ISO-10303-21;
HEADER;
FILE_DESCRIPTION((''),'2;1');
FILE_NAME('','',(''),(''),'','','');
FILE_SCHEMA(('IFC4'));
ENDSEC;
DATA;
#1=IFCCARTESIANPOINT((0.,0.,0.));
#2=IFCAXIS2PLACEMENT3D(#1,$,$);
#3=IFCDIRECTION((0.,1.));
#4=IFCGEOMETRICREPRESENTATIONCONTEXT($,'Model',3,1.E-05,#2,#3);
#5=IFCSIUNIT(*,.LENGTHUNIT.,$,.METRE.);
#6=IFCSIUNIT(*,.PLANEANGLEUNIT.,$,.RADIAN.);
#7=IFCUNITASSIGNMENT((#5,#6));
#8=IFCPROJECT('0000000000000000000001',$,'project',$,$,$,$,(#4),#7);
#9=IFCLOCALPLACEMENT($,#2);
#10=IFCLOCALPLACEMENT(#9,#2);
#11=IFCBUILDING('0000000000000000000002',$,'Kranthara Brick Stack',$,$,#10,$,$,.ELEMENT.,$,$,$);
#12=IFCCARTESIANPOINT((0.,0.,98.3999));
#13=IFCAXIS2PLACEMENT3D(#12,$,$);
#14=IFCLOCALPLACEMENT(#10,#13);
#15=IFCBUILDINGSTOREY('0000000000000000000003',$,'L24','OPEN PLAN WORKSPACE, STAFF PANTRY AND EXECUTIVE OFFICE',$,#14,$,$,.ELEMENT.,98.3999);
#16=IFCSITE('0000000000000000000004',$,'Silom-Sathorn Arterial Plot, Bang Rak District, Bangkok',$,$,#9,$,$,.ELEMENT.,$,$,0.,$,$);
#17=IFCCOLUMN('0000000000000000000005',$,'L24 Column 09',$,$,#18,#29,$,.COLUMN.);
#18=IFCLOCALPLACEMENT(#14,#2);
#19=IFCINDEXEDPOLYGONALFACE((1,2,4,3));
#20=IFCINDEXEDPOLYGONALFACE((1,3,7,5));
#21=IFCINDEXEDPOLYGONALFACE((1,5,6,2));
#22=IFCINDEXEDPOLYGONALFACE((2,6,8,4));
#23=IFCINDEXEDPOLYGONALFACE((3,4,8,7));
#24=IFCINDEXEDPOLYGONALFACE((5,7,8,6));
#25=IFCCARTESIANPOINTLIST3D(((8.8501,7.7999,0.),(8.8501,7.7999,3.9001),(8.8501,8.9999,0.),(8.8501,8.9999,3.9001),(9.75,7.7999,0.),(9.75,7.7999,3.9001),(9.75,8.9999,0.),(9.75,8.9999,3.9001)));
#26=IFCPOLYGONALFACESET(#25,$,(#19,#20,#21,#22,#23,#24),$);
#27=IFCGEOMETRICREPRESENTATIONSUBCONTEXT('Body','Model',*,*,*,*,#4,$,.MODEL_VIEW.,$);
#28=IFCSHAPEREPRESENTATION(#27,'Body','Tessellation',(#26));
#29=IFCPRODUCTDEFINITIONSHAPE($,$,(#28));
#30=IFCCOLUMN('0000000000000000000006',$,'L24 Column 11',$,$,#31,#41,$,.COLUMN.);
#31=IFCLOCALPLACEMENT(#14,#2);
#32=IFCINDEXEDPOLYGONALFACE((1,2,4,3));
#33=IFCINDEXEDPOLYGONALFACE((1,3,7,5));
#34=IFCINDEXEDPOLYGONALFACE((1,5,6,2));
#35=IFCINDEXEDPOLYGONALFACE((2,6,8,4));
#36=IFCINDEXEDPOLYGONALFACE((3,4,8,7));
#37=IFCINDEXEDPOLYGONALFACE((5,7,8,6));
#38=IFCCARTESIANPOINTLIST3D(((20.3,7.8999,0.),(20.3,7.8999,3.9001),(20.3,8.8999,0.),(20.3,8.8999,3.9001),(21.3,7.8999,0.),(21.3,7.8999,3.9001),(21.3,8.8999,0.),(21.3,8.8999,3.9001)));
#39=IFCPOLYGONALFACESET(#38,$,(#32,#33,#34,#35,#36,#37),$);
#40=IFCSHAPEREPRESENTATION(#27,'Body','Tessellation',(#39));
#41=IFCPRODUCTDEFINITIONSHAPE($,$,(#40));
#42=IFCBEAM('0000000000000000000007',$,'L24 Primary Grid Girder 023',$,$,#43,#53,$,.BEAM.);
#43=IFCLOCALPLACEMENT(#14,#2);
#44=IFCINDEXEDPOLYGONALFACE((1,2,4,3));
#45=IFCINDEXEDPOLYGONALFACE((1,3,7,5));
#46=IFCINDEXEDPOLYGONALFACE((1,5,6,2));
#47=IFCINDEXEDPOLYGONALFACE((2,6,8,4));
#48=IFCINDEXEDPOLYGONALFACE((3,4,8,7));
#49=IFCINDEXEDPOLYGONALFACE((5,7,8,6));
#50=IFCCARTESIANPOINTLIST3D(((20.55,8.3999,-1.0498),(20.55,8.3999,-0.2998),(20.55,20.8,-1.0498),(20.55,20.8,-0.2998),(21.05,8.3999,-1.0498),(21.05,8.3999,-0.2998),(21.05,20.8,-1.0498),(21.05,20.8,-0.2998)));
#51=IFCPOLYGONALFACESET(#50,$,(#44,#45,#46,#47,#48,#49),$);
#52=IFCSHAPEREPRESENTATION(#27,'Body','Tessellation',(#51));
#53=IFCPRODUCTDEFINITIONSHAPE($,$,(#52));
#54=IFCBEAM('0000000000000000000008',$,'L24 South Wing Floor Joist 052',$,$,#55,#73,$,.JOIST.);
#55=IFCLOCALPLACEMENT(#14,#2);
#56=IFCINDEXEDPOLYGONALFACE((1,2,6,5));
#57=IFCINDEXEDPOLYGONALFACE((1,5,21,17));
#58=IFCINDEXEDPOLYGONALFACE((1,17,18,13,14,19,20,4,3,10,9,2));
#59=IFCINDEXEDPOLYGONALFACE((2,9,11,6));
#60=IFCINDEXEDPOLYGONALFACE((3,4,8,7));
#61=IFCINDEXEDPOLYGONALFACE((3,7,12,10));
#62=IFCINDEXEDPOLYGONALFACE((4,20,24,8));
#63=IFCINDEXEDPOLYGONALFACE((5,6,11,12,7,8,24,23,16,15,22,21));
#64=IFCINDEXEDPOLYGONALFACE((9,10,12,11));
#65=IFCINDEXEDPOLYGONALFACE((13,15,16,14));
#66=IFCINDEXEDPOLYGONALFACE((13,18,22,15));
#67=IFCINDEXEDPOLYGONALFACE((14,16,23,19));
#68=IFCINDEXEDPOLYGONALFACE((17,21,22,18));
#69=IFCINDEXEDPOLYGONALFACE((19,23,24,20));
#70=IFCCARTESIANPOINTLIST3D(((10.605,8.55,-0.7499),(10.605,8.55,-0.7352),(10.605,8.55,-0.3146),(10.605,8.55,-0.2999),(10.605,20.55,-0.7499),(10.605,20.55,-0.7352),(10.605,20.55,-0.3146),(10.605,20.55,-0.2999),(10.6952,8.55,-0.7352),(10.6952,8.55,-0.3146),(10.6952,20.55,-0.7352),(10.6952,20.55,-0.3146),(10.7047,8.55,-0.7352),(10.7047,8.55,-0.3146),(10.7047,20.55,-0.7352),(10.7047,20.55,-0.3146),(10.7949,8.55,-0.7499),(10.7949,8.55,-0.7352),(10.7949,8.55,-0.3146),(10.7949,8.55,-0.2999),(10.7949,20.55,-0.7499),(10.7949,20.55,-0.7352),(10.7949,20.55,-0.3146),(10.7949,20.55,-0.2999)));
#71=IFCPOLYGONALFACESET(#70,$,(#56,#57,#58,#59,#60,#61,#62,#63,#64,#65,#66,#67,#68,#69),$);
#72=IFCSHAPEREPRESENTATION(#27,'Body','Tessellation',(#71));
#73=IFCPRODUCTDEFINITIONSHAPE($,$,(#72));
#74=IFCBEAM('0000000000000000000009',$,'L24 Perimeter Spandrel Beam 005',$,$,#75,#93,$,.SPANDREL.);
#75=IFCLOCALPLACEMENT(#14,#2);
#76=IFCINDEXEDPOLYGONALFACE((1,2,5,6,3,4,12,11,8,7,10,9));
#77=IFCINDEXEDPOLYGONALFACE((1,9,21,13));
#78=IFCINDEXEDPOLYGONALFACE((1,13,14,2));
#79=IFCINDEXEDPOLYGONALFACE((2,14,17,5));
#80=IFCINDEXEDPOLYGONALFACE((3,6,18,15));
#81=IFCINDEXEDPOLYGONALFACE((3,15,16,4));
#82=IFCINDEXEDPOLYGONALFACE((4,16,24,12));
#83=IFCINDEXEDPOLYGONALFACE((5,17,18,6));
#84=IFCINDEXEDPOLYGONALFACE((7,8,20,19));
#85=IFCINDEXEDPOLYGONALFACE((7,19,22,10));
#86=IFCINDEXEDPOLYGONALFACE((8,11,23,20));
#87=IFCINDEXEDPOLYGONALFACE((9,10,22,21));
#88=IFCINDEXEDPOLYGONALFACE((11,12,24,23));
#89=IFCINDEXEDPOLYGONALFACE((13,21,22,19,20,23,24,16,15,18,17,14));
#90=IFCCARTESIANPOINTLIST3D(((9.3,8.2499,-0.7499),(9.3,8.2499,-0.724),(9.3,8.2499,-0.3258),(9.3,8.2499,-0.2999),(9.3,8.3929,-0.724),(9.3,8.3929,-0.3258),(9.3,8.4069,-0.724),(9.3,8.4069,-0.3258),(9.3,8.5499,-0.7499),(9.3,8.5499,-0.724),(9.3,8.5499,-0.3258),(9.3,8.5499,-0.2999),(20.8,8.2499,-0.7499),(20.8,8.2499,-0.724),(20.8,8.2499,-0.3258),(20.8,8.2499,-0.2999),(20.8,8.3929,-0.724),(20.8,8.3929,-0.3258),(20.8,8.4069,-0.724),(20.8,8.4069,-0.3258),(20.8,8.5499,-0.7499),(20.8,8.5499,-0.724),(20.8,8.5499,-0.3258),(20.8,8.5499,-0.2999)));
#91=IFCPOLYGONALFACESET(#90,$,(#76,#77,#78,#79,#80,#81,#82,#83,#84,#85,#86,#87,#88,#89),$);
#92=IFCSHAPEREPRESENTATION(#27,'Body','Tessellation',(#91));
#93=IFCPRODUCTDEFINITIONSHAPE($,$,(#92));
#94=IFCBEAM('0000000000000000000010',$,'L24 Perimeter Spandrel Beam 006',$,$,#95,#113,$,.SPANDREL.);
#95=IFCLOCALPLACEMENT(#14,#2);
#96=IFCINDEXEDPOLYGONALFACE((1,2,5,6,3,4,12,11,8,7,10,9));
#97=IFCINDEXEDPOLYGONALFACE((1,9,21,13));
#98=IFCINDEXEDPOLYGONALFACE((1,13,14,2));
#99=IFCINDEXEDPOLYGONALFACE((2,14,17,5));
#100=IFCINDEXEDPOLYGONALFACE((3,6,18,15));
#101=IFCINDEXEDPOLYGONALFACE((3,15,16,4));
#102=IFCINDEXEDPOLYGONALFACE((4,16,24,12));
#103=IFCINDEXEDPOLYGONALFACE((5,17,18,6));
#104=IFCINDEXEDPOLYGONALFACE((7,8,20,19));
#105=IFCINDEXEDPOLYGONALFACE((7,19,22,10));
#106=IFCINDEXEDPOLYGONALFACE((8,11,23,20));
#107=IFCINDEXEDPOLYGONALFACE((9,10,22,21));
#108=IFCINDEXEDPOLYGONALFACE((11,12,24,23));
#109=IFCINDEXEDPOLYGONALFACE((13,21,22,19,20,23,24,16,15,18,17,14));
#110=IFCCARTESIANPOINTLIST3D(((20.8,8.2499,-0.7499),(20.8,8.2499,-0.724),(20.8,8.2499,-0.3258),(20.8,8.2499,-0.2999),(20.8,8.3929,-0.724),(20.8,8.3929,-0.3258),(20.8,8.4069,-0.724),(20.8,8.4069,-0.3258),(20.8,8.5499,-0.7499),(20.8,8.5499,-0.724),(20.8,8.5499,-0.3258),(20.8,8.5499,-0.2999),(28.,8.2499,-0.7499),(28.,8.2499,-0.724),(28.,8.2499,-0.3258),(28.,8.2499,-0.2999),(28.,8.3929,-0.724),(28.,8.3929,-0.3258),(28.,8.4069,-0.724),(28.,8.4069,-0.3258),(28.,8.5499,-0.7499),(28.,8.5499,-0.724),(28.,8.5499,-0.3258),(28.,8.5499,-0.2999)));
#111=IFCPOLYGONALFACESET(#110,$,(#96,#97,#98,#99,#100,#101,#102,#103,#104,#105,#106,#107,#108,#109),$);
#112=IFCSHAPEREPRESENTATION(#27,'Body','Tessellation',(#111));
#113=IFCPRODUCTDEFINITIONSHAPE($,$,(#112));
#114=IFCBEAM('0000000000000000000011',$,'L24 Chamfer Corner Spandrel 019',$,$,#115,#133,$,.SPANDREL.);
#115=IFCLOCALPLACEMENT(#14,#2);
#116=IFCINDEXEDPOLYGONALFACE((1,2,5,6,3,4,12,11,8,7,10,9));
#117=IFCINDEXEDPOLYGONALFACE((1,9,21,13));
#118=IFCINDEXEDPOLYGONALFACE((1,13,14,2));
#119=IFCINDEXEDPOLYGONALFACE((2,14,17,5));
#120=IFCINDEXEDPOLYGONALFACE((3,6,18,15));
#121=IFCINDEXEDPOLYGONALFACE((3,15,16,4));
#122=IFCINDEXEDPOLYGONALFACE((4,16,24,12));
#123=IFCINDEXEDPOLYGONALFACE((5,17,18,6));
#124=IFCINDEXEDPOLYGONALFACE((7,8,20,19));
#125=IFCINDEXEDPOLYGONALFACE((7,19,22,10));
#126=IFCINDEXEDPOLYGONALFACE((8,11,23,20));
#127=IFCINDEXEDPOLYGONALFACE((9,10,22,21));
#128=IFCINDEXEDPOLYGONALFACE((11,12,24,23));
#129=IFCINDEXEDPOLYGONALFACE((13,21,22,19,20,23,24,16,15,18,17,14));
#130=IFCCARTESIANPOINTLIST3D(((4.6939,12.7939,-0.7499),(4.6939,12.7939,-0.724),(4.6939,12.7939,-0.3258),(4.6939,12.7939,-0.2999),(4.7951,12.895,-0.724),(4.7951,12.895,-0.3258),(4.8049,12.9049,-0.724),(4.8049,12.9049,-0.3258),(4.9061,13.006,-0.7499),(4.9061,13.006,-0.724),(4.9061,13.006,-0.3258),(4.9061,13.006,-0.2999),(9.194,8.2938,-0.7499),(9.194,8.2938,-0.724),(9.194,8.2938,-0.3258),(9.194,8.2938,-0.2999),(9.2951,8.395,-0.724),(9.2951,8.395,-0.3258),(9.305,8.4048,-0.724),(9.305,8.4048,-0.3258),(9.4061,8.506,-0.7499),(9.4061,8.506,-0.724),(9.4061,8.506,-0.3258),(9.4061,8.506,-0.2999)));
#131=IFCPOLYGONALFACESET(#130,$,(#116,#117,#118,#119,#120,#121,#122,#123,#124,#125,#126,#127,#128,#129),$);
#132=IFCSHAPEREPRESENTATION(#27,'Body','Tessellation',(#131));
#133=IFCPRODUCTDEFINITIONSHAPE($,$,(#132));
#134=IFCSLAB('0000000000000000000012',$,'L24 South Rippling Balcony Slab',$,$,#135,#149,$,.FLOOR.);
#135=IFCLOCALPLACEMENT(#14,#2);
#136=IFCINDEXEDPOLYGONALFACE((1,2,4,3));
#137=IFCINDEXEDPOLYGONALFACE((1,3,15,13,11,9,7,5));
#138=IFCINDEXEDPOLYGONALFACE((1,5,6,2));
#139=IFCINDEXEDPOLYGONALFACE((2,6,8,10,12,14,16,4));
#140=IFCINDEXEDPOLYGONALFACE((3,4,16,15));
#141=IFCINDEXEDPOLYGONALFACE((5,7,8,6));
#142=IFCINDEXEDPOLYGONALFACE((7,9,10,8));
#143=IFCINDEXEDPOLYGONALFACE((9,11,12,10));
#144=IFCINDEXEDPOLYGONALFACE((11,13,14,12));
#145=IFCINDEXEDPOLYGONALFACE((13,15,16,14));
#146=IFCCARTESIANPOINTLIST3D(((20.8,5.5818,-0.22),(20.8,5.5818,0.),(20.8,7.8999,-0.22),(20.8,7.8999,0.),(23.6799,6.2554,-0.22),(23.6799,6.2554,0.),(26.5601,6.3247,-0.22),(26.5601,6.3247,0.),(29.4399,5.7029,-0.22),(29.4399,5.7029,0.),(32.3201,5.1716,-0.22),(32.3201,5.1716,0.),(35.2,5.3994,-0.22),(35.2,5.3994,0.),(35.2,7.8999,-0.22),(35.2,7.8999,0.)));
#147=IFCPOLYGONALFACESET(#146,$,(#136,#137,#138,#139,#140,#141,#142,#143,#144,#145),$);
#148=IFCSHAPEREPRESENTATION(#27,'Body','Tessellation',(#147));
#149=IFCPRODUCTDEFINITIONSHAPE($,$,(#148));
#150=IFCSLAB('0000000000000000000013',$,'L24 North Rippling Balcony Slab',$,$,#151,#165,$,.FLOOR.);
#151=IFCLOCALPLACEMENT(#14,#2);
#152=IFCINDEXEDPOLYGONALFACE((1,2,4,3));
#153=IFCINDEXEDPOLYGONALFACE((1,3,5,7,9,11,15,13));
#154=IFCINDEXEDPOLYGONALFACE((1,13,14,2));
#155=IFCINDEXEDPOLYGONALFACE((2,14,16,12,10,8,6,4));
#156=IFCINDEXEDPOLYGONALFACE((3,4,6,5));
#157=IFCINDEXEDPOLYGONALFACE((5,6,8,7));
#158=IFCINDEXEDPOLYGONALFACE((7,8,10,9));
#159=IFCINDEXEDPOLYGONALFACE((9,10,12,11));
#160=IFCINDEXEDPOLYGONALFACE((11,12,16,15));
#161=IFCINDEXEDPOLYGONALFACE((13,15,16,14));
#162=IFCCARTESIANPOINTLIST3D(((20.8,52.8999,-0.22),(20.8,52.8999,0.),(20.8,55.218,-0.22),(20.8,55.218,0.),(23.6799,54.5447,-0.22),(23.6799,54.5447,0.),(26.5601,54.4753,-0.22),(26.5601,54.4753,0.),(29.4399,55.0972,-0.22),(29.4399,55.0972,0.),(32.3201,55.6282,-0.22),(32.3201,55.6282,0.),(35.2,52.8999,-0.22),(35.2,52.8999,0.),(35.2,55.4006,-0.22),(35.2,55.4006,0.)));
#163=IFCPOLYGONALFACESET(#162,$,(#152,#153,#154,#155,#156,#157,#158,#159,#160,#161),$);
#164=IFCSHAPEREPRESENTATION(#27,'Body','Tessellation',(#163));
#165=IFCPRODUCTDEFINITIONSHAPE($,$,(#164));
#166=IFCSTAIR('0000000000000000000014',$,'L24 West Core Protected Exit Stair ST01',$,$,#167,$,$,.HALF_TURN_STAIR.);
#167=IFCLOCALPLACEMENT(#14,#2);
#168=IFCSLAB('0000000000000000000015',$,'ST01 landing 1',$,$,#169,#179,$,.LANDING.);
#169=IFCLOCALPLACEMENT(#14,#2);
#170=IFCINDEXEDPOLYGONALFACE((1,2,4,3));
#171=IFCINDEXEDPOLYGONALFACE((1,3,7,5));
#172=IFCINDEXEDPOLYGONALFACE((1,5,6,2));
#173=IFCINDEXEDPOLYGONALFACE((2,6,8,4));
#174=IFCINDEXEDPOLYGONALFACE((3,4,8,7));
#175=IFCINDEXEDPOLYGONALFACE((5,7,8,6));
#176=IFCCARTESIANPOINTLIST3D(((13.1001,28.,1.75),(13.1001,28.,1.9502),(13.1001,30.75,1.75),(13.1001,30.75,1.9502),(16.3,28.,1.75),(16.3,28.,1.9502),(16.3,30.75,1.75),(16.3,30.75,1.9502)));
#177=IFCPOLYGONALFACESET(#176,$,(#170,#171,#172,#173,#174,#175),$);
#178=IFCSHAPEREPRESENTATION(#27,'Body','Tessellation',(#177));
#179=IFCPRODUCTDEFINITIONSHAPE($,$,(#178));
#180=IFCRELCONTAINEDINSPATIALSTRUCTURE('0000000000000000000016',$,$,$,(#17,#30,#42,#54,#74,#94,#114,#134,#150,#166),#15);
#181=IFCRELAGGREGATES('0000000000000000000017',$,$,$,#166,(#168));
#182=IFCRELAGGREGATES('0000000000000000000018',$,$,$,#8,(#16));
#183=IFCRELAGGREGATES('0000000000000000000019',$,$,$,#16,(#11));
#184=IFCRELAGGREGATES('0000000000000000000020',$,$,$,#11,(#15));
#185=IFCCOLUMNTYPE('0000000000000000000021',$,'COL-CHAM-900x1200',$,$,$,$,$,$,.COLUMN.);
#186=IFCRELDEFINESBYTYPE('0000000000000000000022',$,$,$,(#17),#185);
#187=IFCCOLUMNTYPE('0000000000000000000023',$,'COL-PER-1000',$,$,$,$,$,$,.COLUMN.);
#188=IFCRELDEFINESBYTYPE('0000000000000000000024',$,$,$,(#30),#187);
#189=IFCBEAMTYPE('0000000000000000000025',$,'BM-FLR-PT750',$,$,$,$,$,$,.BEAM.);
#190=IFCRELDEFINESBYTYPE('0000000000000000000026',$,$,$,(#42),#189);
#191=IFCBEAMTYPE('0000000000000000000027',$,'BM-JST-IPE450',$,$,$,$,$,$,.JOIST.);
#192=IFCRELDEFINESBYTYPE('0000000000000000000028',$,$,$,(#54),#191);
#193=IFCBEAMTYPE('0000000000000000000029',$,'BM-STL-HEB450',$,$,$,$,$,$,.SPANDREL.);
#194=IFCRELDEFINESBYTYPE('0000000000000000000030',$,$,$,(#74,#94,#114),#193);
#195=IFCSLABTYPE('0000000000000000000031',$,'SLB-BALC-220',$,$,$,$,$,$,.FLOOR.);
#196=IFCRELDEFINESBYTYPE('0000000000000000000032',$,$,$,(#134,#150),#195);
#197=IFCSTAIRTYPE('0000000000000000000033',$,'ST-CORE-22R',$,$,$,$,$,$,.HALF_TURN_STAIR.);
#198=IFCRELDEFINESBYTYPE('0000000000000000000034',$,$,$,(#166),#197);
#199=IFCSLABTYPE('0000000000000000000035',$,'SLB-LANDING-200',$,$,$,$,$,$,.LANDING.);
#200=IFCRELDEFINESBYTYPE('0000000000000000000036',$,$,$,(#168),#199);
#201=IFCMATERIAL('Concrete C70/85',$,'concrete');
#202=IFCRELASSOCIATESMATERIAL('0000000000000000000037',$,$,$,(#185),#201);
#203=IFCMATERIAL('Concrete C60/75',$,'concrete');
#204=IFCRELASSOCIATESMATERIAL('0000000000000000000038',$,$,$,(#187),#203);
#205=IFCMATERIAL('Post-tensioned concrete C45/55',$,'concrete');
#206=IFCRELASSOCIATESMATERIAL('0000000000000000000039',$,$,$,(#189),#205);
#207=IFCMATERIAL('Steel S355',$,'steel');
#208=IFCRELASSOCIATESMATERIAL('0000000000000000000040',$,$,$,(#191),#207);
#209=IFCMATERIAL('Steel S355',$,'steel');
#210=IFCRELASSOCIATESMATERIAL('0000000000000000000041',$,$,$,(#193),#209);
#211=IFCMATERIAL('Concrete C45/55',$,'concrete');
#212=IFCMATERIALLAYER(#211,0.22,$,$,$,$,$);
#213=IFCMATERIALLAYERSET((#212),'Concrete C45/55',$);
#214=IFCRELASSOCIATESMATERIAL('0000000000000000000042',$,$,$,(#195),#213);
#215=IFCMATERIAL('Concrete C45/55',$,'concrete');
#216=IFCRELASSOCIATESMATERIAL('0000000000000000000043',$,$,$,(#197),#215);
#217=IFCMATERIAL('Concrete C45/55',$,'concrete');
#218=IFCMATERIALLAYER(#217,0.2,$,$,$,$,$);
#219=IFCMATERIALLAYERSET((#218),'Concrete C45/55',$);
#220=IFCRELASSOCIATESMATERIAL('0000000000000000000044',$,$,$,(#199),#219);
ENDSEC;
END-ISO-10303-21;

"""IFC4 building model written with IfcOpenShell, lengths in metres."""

from ifc_helpers import new_model, si_unit, direction, frame, origin, origin_2d, place, context, subcontext, project, spatial, polyline, rectangle, i_section, outline, extrude, material, layer, layer_set, material_profile, profile_set, type_object, element, aggregate, save


model = new_model("IFC4")

# Units and contexts
model_context = context("Model", 3, precision=1e-05, world=origin(), true_north=direction((0.0, 1.0)))
body_context = subcontext(model_context, "Body", "Model", "MODEL_VIEW")
ifc_project = project(units=[si_unit("LENGTHUNIT", "METRE"), si_unit("PLANEANGLEUNIT", "RADIAN")], contexts=[model_context])

# Site, building, storey
site_placement = place(None, origin())
site = spatial("IfcSite", under=ifc_project, at=site_placement, Name="Silom-Sathorn Arterial Plot, Bang Rak District, Bangkok", CompositionType="ELEMENT", RefElevation=0.0)
building_placement = place(site_placement, origin())
building = spatial("IfcBuilding", under=site, at=building_placement, Name="Kranthara Brick Stack", CompositionType="ELEMENT")
storey_placement = place(building_placement, frame((0.0, 0.0, 98.3999)))
storey = spatial("IfcBuildingStorey", under=building, at=storey_placement, Name="L24", Description="OPEN PLAN WORKSPACE, STAFF PANTRY AND EXECUTIVE OFFICE", CompositionType="ELEMENT", Elevation=98.3999)

# Columns
ifc_material_1 = material(Name="Concrete C70/85", Category="concrete")
ifc_material_profile_1 = material_profile(ifc_material_1, rectangle(XDim=0.8999, YDim=1.2, at=origin_2d()), Name="RC 900x1200")
ifc_profile_set_1 = profile_set([ifc_material_profile_1], Name="Concrete C70/85")
column_type_1 = type_object("IfcColumnType", Name="COL-CHAM-900x1200", PredefinedType="COLUMN", material=ifc_profile_set_1)
column_1_placement = place(storey_placement, frame((9.3, 8.3999, 0.0), z_axis=(0.0, 0.0, 1.0), x_axis=(1.0, 0.0, 0.0)))
element("IfcColumn", 1, at=column_1_placement, inside=storey, type_object=column_type_1, Name="L24 Column 09", PredefinedType="COLUMN", context=body_context, shape_type="SweptSolid", body=[
    extrude(rectangle(XDim=0.8999, YDim=1.2, at=origin_2d()), origin(), (0.0, 0.0, 1.0), 3.9001),
])
ifc_material_2 = material(Name="Concrete C60/75", Category="concrete")
ifc_material_profile_2 = material_profile(ifc_material_2, rectangle(XDim=1.0, YDim=1.0, at=origin_2d()), Name="RC 1000x1000")
ifc_profile_set_2 = profile_set([ifc_material_profile_2], Name="Concrete C60/75")
column_type_2 = type_object("IfcColumnType", Name="COL-PER-1000", PredefinedType="COLUMN", material=ifc_profile_set_2)
column_2_placement = place(storey_placement, frame((20.8, 8.3999, 0.0), z_axis=(0.0, 0.0, 1.0), x_axis=(1.0, 0.0, 0.0)))
element("IfcColumn", 2, at=column_2_placement, inside=storey, type_object=column_type_2, Name="L24 Column 11", PredefinedType="COLUMN", context=body_context, shape_type="SweptSolid", body=[
    extrude(rectangle(XDim=1.0, YDim=1.0, at=origin_2d()), origin(), (0.0, 0.0, 1.0), 3.9001),
])

# Beams
ifc_material_3 = material(Name="Post-tensioned concrete C45/55", Category="concrete")
ifc_material_profile_3 = material_profile(ifc_material_3, rectangle(XDim=0.5, YDim=0.75, at=origin_2d()), Name="PT 500x750")
ifc_profile_set_3 = profile_set([ifc_material_profile_3], Name="Post-tensioned concrete C45/55")
beam_type_1 = type_object("IfcBeamType", Name="BM-FLR-PT750", PredefinedType="BEAM", material=ifc_profile_set_3)
beam_1_placement = place(storey_placement, frame((20.8, 8.3999, -0.6748), z_axis=(0.0, 1.0, 0.0), x_axis=(-1.0, 0.0, 0.0)))
element("IfcBeam", 3, at=beam_1_placement, inside=storey, type_object=beam_type_1, Name="L24 Primary Grid Girder 023", PredefinedType="BEAM", context=body_context, shape_type="SweptSolid", body=[
    extrude(rectangle(XDim=0.5, YDim=0.75, at=origin_2d()), origin(), (0.0, 0.0, 1.0), 12.4001),
])
ifc_material_4 = material(Name="Steel S355", Category="steel")
ifc_material_profile_4 = material_profile(ifc_material_4, i_section(OverallWidth=0.1899, OverallDepth=0.45, WebThickness=0.0095, FlangeThickness=0.0146, at=origin_2d()), Name="IPE 450")
ifc_profile_set_4 = profile_set([ifc_material_profile_4], Name="Steel S355")
beam_type_2 = type_object("IfcBeamType", Name="BM-JST-IPE450", PredefinedType="JOIST", material=ifc_profile_set_4)
beam_2_placement = place(storey_placement, frame((10.7, 8.55, -0.5249), z_axis=(0.0, 1.0, 0.0), x_axis=(-1.0, 0.0, 0.0)))
element("IfcBeam", 4, at=beam_2_placement, inside=storey, type_object=beam_type_2, Name="L24 South Wing Floor Joist 052", PredefinedType="JOIST", context=body_context, shape_type="SweptSolid", body=[
    extrude(i_section(OverallWidth=0.1899, OverallDepth=0.45, WebThickness=0.0095, FlangeThickness=0.0146, at=origin_2d()), origin(), (0.0, 0.0, 1.0), 12.0),
])
ifc_material_5 = material(Name="Steel S355", Category="steel")
ifc_material_profile_5 = material_profile(ifc_material_5, i_section(OverallWidth=0.3, OverallDepth=0.45, WebThickness=0.0139, FlangeThickness=0.0259, at=origin_2d()), Name="HEB 450")
ifc_profile_set_5 = profile_set([ifc_material_profile_5], Name="Steel S355")
beam_type_3 = type_object("IfcBeamType", Name="BM-STL-HEB450", PredefinedType="SPANDREL", material=ifc_profile_set_5)
beam_3_placement = place(storey_placement, frame((9.3, 8.3999, -0.5249), z_axis=(1.0, 0.0, 0.0), x_axis=(0.0, 1.0, 0.0)))
element("IfcBeam", 5, at=beam_3_placement, inside=storey, type_object=beam_type_3, Name="L24 Perimeter Spandrel Beam 005", PredefinedType="SPANDREL", context=body_context, shape_type="SweptSolid", body=[
    extrude(i_section(OverallWidth=0.3, OverallDepth=0.45, WebThickness=0.0139, FlangeThickness=0.0259, at=origin_2d()), origin(), (0.0, 0.0, 1.0), 11.5),
])
beam_4_placement = place(storey_placement, frame((20.8, 8.3999, -0.5249), z_axis=(1.0, 0.0, 0.0), x_axis=(0.0, 1.0, 0.0)))
element("IfcBeam", 6, at=beam_4_placement, inside=storey, type_object=beam_type_3, Name="L24 Perimeter Spandrel Beam 006", PredefinedType="SPANDREL", context=body_context, shape_type="SweptSolid", body=[
    extrude(i_section(OverallWidth=0.3, OverallDepth=0.45, WebThickness=0.0139, FlangeThickness=0.0259, at=origin_2d()), origin(), (0.0, 0.0, 1.0), 7.2),
])
beam_5_placement = place(storey_placement, frame((9.3, 8.3999, -0.5249), z_axis=(-0.707107, 0.707107, 0.0), x_axis=(-0.707107, -0.707107, 0.0)))
element("IfcBeam", 7, at=beam_5_placement, inside=storey, type_object=beam_type_3, Name="L24 Chamfer Corner Spandrel 019", PredefinedType="SPANDREL", context=body_context, shape_type="SweptSolid", body=[
    extrude(i_section(OverallWidth=0.3, OverallDepth=0.45, WebThickness=0.0139, FlangeThickness=0.0259, at=origin_2d()), origin(), (0.0, 0.0, 1.0), 6.364),
])

# Slabs
ifc_material_6 = material(Name="Concrete C45/55", Category="concrete")
ifc_layer_1 = layer(ifc_material_6, 0.22)
ifc_layer_set_1 = layer_set([ifc_layer_1], Name="Concrete C45/55")
slab_type_1 = type_object("IfcSlabType", Name="SLB-BALC-220", PredefinedType="FLOOR", material=ifc_layer_set_1)
slab_1_placement = place(storey_placement, frame((0.0, 0.0, -0.22)))
element("IfcSlab", 8, at=slab_1_placement, inside=storey, type_object=slab_type_1, Name="L24 South Rippling Balcony Slab", PredefinedType="FLOOR", context=body_context, shape_type="SweptSolid", body=[
    extrude(outline(polyline([(20.8, 7.8999), (35.2, 7.8999), (35.2, 5.3994), (32.3201, 5.1716), (29.4399, 5.7029), (26.5601, 6.3247), (23.6799, 6.2554), (20.8, 5.5818), (20.8, 7.8999)])), origin(), (0.0, 0.0, 1.0), 0.22),
])
slab_2_placement = place(storey_placement, frame((0.0, 0.0, -0.22)))
element("IfcSlab", 9, at=slab_2_placement, inside=storey, type_object=slab_type_1, Name="L24 North Rippling Balcony Slab", PredefinedType="FLOOR", context=body_context, shape_type="SweptSolid", body=[
    extrude(outline(polyline([(35.2, 52.8999), (20.8, 52.8999), (20.8, 55.218), (23.6799, 54.5447), (26.5601, 54.4753), (29.4399, 55.0972), (32.3201, 55.6282), (35.2, 55.4006), (35.2, 52.8999)])), origin(), (0.0, 0.0, 1.0), 0.22),
])

# Stair, slab
ifc_material_7 = material(Name="Concrete C45/55", Category="concrete")
stair_type = type_object("IfcStairType", Name="ST-CORE-22R", PredefinedType="HALF_TURN_STAIR", material=ifc_material_7)
stair_1_placement = place(storey_placement, origin())
stair_1 = element("IfcStair", 10, at=stair_1_placement, inside=storey, type_object=stair_type, Name="L24 West Core Protected Exit Stair ST01", PredefinedType="HALF_TURN_STAIR")
ifc_material_8 = material(Name="Concrete C45/55", Category="concrete")
ifc_layer_2 = layer(ifc_material_8, 0.2)
ifc_layer_set_2 = layer_set([ifc_layer_2], Name="Concrete C45/55")
slab_type_2 = type_object("IfcSlabType", Name="SLB-LANDING-200", PredefinedType="LANDING", material=ifc_layer_set_2)
slab_3_placement = place(storey_placement, frame((0.0, 0.0, 1.75)))
slab_3 = element("IfcSlab", 11, at=slab_3_placement, type_object=slab_type_2, Name="ST01 landing 1", PredefinedType="LANDING", context=body_context, shape_type="SweptSolid", body=[
    extrude(outline(polyline([(16.3, 28.0), (16.3, 30.75), (13.1001, 30.75), (13.1001, 28.0), (16.3, 28.0)])), origin(), (0.0, 0.0, 1.0), 0.2002),
])
aggregate(stair_1, [slab_3])

save(model, "model.ifc")
